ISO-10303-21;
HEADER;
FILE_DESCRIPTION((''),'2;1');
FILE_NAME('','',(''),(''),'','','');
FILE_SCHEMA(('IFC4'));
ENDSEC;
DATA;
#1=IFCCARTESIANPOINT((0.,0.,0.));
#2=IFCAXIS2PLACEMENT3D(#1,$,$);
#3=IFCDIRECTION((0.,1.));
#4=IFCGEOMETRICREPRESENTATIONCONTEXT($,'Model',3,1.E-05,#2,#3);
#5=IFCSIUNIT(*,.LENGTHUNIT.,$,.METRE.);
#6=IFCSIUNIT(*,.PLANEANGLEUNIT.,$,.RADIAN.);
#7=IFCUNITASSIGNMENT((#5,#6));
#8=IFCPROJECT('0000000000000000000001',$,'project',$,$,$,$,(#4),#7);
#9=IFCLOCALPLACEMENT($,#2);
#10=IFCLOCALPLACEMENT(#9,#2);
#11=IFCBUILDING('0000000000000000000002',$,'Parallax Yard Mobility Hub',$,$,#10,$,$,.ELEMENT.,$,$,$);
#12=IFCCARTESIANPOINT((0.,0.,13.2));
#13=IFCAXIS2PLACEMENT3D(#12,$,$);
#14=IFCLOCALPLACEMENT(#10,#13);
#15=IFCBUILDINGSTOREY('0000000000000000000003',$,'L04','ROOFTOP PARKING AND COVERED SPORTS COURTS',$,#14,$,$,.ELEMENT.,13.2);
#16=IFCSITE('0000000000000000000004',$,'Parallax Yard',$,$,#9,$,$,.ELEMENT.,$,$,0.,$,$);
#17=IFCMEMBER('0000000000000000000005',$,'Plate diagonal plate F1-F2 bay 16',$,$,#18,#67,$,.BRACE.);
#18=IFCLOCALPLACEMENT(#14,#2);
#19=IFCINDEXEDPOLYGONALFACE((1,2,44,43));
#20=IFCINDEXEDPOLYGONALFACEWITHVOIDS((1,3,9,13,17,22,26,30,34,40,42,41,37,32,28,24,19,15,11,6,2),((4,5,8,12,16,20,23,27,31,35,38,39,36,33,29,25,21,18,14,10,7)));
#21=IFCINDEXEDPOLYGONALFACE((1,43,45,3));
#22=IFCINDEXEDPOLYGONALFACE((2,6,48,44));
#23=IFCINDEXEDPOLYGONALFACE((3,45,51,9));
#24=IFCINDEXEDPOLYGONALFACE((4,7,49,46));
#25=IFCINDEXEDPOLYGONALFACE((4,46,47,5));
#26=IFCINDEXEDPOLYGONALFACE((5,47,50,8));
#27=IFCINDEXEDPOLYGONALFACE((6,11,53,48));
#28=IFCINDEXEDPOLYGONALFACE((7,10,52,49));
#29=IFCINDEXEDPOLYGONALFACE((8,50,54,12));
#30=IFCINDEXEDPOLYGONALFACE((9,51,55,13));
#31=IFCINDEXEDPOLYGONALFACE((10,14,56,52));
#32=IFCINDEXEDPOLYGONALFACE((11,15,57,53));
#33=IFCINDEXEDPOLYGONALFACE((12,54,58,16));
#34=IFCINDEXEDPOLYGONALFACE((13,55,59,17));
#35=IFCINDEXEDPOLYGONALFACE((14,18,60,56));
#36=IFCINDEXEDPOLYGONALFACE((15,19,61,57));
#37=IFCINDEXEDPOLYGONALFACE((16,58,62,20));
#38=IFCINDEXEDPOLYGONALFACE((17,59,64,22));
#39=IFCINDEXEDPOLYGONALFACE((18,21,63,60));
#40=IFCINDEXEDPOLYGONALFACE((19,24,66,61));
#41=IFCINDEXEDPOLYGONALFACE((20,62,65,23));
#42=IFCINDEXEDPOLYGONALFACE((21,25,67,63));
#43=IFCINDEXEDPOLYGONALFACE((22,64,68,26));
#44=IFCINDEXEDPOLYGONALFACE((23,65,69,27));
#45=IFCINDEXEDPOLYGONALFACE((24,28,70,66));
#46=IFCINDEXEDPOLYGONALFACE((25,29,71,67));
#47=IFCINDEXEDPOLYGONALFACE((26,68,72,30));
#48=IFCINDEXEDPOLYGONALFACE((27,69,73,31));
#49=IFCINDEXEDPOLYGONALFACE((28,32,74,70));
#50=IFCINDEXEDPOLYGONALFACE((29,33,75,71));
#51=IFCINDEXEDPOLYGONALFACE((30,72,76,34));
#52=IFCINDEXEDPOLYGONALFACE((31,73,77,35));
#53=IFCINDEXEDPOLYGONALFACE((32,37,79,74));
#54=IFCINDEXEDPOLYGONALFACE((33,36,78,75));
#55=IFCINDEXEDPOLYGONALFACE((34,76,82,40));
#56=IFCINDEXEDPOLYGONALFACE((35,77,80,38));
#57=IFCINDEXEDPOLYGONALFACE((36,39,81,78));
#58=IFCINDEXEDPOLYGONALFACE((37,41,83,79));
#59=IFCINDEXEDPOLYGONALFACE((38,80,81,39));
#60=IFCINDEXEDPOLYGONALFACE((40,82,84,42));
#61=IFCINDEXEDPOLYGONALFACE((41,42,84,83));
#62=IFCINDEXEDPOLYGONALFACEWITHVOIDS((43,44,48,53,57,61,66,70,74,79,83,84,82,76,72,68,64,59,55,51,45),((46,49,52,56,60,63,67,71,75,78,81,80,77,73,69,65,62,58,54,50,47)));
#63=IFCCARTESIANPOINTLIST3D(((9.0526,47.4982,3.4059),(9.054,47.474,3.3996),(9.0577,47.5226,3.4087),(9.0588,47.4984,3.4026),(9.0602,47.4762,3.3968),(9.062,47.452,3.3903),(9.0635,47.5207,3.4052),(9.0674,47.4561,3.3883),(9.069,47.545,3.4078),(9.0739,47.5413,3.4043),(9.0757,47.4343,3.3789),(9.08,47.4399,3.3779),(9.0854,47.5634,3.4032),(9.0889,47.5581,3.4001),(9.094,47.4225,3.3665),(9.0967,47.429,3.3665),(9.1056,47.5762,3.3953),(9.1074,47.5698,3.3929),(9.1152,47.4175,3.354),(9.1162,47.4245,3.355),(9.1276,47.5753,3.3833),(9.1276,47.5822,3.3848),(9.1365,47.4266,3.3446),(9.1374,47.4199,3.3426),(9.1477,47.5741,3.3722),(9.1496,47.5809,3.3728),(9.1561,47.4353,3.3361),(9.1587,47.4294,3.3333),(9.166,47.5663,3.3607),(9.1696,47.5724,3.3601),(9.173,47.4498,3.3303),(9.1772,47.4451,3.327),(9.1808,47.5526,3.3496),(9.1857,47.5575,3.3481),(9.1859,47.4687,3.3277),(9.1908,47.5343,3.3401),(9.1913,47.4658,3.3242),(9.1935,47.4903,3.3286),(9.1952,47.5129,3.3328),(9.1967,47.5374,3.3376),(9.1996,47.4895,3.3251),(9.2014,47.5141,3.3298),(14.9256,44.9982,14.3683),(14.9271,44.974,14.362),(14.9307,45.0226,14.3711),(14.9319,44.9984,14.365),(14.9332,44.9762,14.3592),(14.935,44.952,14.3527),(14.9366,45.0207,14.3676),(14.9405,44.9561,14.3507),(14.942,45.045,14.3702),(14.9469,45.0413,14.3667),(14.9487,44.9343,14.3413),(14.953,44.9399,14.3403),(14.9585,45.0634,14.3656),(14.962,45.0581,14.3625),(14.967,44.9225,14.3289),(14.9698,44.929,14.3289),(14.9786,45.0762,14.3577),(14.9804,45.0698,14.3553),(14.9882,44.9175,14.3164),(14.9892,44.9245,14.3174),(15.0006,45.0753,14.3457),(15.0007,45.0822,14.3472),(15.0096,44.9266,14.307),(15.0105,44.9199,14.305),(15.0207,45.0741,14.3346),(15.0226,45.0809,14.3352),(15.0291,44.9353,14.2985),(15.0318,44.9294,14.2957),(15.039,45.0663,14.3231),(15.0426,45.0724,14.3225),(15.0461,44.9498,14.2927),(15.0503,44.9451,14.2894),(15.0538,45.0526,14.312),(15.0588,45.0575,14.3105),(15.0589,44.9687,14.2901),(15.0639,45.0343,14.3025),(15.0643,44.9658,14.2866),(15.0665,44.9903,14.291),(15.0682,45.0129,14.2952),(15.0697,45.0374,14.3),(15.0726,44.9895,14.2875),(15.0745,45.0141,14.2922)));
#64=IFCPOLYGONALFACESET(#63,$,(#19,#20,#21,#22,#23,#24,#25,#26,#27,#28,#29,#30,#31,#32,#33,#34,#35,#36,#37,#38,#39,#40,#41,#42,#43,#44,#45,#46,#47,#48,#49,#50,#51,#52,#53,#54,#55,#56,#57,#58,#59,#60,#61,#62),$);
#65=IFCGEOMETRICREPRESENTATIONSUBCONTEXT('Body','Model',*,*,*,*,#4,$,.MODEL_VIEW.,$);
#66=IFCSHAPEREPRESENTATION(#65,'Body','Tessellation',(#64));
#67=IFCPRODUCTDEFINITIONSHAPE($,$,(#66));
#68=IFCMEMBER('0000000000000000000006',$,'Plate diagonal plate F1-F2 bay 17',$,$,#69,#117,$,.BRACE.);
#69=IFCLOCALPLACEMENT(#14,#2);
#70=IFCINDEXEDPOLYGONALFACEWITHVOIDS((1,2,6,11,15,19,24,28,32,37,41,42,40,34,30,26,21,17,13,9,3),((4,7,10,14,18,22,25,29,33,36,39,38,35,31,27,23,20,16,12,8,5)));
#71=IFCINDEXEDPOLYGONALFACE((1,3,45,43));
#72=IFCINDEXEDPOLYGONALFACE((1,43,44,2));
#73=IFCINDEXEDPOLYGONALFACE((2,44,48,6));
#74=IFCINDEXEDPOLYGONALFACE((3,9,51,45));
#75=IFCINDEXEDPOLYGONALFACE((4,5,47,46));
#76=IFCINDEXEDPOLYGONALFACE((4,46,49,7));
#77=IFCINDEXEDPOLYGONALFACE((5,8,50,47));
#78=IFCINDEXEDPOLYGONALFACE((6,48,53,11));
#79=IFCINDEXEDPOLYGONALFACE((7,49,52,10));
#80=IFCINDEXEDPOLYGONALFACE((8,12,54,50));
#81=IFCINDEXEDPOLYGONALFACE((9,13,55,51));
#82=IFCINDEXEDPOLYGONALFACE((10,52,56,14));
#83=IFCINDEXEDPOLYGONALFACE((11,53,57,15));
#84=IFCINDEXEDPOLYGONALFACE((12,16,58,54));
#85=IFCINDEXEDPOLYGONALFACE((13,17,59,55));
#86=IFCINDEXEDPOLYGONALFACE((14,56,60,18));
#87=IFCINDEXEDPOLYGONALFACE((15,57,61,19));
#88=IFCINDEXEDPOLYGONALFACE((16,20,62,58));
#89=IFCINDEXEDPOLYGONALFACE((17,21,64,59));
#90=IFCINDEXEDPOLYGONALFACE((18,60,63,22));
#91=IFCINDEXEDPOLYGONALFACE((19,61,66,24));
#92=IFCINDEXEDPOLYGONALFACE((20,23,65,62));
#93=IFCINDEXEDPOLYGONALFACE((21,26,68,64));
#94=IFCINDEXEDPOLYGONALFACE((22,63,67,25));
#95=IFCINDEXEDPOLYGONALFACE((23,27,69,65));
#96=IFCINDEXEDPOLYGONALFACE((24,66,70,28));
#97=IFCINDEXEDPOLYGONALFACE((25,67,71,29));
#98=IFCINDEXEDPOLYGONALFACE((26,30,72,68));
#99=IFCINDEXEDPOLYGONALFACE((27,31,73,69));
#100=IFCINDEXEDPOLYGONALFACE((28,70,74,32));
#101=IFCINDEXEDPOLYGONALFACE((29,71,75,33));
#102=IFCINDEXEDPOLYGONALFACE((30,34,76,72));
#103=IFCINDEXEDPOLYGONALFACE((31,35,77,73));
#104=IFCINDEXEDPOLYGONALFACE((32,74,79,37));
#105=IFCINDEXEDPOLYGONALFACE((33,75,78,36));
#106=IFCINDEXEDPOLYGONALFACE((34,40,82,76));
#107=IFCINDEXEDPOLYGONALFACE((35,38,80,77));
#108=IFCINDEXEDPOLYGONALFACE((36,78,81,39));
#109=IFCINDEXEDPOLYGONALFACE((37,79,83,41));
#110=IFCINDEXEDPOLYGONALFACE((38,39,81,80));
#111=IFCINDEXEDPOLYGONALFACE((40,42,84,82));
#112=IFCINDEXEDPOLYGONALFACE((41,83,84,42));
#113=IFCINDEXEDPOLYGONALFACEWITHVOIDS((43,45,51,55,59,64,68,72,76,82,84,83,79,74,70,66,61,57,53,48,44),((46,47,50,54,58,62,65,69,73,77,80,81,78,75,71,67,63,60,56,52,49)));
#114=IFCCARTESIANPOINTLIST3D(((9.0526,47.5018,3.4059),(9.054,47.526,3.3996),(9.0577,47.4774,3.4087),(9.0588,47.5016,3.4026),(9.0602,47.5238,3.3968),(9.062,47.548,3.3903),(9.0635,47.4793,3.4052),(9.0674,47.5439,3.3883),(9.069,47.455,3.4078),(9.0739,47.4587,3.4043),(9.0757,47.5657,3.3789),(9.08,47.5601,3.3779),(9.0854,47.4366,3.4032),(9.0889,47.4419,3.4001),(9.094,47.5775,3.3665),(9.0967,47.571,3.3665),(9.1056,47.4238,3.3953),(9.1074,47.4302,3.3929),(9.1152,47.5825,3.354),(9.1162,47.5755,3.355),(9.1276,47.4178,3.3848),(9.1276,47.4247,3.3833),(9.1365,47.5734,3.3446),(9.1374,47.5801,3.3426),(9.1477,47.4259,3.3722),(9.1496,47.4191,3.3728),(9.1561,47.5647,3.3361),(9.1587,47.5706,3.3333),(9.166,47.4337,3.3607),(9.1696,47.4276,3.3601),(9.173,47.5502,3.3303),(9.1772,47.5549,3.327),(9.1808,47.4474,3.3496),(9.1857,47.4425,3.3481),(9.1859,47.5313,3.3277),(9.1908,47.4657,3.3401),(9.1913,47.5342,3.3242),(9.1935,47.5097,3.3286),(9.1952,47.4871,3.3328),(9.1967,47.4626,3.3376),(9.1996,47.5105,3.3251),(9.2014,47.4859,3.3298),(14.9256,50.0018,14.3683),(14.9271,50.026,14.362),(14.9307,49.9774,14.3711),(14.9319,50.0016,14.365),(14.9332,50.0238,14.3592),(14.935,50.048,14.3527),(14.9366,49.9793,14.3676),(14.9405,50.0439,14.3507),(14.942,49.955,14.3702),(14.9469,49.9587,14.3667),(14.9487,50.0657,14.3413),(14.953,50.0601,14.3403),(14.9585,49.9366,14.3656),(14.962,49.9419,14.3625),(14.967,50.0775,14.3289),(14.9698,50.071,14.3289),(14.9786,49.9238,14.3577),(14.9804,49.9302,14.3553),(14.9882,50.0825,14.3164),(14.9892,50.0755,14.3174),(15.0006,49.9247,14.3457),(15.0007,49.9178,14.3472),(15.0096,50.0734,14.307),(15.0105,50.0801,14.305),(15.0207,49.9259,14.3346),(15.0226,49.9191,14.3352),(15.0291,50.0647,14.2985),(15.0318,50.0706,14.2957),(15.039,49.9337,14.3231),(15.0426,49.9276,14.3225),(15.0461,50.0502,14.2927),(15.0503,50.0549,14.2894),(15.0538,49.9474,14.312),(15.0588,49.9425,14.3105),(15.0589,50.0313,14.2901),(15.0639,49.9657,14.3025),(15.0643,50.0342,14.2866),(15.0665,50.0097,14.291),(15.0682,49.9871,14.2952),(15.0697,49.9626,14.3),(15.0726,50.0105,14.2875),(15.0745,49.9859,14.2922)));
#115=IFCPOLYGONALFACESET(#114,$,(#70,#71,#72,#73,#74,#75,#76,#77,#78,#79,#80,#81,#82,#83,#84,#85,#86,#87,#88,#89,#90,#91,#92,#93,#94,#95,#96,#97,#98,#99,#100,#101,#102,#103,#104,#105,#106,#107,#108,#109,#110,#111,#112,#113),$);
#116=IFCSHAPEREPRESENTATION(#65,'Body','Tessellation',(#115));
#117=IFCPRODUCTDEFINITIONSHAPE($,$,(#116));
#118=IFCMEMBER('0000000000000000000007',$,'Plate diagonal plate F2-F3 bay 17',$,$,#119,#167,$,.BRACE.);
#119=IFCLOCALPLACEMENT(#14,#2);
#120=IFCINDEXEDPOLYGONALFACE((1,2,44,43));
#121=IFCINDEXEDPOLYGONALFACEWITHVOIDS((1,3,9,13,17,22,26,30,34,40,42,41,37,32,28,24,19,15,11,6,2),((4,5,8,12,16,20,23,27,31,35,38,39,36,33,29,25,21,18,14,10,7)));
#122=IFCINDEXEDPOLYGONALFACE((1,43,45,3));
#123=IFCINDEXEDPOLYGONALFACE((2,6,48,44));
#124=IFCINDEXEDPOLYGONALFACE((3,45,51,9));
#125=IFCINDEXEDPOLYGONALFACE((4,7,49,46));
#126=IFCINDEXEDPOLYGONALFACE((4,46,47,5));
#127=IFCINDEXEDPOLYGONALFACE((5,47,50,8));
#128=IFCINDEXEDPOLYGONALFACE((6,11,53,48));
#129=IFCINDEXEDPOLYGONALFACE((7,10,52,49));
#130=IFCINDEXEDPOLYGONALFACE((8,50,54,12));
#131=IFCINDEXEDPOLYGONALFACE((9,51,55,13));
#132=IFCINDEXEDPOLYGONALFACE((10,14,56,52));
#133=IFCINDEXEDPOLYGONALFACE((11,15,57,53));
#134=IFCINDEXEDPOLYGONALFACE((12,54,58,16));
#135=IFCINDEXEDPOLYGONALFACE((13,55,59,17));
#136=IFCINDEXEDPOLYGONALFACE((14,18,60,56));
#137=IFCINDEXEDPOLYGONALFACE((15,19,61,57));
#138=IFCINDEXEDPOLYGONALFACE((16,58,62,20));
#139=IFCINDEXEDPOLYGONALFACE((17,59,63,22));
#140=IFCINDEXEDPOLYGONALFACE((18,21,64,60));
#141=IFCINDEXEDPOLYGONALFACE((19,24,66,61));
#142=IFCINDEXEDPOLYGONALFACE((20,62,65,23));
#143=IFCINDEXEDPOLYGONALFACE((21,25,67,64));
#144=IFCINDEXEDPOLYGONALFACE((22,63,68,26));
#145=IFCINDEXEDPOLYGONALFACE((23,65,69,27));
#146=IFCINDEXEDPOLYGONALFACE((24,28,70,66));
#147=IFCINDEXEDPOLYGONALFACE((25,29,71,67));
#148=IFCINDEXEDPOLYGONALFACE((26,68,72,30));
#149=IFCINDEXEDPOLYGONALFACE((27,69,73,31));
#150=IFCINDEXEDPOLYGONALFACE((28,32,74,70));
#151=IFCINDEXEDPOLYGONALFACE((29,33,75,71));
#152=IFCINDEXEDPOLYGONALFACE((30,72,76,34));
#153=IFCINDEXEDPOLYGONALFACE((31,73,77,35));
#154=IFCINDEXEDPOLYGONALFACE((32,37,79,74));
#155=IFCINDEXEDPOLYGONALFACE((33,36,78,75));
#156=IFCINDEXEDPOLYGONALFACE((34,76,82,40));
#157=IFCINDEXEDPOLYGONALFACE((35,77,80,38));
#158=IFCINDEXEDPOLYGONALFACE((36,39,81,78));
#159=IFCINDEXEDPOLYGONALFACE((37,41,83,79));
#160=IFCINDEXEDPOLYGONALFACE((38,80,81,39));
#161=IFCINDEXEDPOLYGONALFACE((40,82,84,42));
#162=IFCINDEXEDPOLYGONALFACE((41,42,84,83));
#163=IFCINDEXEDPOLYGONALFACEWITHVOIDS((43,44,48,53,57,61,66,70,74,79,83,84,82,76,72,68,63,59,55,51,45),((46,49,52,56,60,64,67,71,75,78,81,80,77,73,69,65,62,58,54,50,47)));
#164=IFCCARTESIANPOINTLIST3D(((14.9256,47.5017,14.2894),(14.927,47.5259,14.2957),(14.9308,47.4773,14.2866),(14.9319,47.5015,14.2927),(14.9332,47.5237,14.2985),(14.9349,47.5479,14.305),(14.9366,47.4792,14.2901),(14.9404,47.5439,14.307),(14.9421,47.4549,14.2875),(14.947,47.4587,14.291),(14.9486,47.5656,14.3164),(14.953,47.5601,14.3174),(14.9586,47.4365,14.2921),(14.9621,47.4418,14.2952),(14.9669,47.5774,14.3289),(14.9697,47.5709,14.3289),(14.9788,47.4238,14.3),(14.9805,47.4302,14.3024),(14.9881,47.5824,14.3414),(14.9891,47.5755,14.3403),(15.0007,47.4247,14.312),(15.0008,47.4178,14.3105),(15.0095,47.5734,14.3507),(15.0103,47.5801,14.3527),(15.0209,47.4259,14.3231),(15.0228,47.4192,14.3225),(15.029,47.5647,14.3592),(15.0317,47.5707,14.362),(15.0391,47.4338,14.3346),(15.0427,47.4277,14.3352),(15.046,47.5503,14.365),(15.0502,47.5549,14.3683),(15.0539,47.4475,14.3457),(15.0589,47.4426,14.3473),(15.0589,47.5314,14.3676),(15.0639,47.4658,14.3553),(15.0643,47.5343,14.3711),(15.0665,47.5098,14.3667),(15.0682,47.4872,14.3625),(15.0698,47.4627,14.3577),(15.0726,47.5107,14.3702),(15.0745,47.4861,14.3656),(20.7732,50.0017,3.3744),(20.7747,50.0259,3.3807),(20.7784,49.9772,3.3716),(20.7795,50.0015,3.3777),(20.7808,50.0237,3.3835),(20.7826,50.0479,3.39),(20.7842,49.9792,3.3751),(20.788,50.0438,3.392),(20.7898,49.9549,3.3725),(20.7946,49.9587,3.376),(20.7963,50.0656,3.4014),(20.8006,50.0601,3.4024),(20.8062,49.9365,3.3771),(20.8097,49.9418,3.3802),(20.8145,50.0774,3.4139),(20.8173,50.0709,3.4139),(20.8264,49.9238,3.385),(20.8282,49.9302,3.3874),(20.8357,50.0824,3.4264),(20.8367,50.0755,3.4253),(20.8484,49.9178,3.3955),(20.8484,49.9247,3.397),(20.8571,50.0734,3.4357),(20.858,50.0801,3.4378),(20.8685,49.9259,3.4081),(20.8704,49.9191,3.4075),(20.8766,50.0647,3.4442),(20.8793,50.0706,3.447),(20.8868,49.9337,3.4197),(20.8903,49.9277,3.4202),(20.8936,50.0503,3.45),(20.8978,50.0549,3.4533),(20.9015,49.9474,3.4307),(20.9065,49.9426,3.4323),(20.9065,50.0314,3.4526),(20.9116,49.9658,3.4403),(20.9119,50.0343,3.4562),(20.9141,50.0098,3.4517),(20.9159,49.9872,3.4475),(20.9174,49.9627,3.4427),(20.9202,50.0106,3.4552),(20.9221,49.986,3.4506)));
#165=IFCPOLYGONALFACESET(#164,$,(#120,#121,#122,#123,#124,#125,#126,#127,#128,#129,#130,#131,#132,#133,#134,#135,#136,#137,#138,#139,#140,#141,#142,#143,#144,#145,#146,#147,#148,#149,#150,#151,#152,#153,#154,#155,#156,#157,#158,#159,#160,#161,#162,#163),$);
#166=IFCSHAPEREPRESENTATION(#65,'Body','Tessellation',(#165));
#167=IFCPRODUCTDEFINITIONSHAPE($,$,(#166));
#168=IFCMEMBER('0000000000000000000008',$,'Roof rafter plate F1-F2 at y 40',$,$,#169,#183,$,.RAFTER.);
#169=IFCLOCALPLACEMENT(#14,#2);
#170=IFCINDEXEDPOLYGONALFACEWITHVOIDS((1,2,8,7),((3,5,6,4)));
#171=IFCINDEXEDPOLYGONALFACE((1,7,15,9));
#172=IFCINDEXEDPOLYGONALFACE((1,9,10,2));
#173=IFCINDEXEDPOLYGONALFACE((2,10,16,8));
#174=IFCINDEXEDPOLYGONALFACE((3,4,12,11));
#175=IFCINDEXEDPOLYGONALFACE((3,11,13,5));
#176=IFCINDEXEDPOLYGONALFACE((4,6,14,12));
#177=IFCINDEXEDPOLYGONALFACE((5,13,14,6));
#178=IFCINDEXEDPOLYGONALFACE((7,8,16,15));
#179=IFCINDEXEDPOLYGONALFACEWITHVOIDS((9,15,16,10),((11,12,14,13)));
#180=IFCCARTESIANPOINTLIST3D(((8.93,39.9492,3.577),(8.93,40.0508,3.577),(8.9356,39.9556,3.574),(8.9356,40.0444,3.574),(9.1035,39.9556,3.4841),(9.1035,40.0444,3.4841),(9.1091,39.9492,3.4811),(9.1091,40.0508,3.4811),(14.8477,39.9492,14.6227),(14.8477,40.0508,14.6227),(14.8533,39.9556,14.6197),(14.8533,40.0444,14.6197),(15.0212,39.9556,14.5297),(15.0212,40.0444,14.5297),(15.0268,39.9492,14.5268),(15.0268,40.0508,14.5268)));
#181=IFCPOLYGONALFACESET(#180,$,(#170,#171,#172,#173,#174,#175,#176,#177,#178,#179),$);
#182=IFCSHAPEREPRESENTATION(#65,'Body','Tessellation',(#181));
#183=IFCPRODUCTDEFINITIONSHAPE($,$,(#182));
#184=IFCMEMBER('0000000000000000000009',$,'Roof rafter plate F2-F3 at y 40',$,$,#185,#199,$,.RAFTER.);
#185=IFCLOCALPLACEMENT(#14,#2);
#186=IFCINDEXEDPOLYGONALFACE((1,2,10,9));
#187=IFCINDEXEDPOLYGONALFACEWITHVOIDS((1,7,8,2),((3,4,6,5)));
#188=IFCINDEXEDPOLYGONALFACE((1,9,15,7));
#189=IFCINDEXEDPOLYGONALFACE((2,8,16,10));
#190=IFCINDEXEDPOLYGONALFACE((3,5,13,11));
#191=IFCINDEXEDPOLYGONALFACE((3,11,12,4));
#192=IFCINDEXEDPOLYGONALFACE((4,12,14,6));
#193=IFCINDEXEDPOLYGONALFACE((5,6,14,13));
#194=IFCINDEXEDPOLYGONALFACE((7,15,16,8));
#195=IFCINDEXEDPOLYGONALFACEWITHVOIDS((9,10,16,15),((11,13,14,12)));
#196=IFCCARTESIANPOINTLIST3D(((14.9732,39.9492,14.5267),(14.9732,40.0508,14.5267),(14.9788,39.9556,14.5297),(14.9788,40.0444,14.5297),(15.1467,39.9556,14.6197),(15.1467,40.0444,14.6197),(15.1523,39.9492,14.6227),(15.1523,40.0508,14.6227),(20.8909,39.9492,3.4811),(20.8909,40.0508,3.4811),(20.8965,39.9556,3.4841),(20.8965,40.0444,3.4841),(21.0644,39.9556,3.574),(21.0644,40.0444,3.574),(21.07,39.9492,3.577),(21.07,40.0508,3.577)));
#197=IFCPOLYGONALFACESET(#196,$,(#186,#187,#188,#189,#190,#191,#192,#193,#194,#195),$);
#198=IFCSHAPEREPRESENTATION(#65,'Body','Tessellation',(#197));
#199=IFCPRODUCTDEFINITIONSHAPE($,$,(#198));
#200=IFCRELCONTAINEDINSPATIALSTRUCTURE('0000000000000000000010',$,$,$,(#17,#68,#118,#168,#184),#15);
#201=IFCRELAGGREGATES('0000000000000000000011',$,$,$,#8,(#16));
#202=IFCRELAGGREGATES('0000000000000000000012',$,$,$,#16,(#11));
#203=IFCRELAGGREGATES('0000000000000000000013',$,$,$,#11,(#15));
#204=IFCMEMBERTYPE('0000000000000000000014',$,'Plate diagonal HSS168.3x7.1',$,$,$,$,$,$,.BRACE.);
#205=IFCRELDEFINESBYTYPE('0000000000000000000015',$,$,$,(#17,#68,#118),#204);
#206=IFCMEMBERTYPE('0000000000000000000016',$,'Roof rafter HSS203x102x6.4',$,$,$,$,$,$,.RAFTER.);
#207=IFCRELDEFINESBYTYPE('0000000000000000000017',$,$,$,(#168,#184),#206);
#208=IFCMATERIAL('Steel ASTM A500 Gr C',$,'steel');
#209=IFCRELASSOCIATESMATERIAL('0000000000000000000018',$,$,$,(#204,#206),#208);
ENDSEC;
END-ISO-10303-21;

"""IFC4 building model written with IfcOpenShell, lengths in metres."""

from ifc_helpers import new_model, si_unit, direction, frame, origin, origin_2d, place, context, subcontext, project, spatial, hollow_rectangle, hollow_circle, extrude, material, material_profile, profile_set, type_object, element, save


model = new_model("IFC4")

# Units and contexts
model_context = context("Model", 3, precision=1e-05, world=origin(), true_north=direction((0.0, 1.0)))
body_context = subcontext(model_context, "Body", "Model", "MODEL_VIEW")
ifc_project = project(units=[si_unit("LENGTHUNIT", "METRE"), si_unit("PLANEANGLEUNIT", "RADIAN")], contexts=[model_context])

# Site, building, storey
site_placement = place(None, origin())
site = spatial("IfcSite", under=ifc_project, at=site_placement, Name="Parallax Yard", CompositionType="ELEMENT", RefElevation=0.0)
building_placement = place(site_placement, origin())
building = spatial("IfcBuilding", under=site, at=building_placement, Name="Parallax Yard Mobility Hub", CompositionType="ELEMENT")
storey_placement = place(building_placement, frame((0.0, 0.0, 13.2)))
storey = spatial("IfcBuildingStorey", under=building, at=storey_placement, Name="L04", Description="ROOFTOP PARKING AND COVERED SPORTS COURTS", CompositionType="ELEMENT", Elevation=13.2)

# Members
ifc_material_1 = material(Name="Steel ASTM A500 Gr C", Category="steel")
ifc_material_profile_1 = material_profile(ifc_material_1, hollow_circle(Radius=0.0842, WallThickness=0.0071, at=origin_2d()), Name="HSS168.3x7.1")
ifc_profile_set_1 = profile_set([ifc_material_profile_1], Name="Steel ASTM A500 Gr C")
member_type_1 = type_object("IfcMemberType", Name="Plate diagonal HSS168.3x7.1", PredefinedType="BRACE", material=ifc_profile_set_1)
for number, where, z_axis, x_axis, name in (
    (1, (15.0, 45.0, 14.3289), (-0.46298, 0.197078, -0.864181), (-0.391665, -0.920108, 0.0), "Plate diagonal plate F1-F2 bay 16"),
    (2, (9.127, 47.5, 3.3665), (0.46298, 0.197078, 0.864181), (-0.391665, 0.920108, 0.0), "Plate diagonal plate F1-F2 bay 17"),
):
    element("IfcMember", number, at=place(storey_placement, frame(where, z_axis=z_axis, x_axis=x_axis)), inside=storey, type_object=member_type_1, Name=name, PredefinedType="BRACE", context=body_context, shape_type="SweptSolid", body=[
        extrude(hollow_circle(Radius=0.0842, WallThickness=0.0071, at=origin_2d()), origin(), (0.0, 0.0, 1.0), 12.6853),
    ])
member_1_placement = place(storey_placement, frame((15.0, 47.5, 14.3289), z_axis=(0.462901, 0.1979, -0.864036), x_axis=(-0.393104, 0.919494, 0.0)))
element("IfcMember", 3, at=member_1_placement, inside=storey, type_object=member_type_1, Name="Plate diagonal plate F2-F3 bay 17", PredefinedType="BRACE", context=body_context, shape_type="SweptSolid", body=[
    extrude(hollow_circle(Radius=0.0842, WallThickness=0.0071, at=origin_2d()), origin(), (0.0, 0.0, 1.0), 12.6326),
])
ifc_material_profile_2 = material_profile(ifc_material_1, hollow_rectangle(XDim=0.1016, YDim=0.2031, WallThickness=0.0063, at=origin_2d()), Name="HSS203x102x6.4")
ifc_profile_set_2 = profile_set([ifc_material_profile_2], Name="Steel ASTM A500 Gr C")
member_type_2 = type_object("IfcMemberType", Name="Roof rafter HSS203x102x6.4", PredefinedType="RAFTER", material=ifc_profile_set_2)
for number, where, z_axis, x_axis, name in (
    (4, (9.0195, 40.0, 3.5291), (0.472247, 0.0, 0.881466), (0.0, 1.0, 0.0), "Roof rafter plate F1-F2 at y 40"),
    (5, (15.0627, 40.0, 14.5747), (0.472247, 0.0, -0.881466), (0.0, 1.0, 0.0), "Roof rafter plate F2-F3 at y 40"),
):
    element("IfcMember", number, at=place(storey_placement, frame(where, z_axis=z_axis, x_axis=x_axis)), inside=storey, type_object=member_type_2, Name=name, PredefinedType="RAFTER", context=body_context, shape_type="SweptSolid", body=[
        extrude(hollow_rectangle(XDim=0.1016, YDim=0.2031, WallThickness=0.0063, at=origin_2d()), origin(), (0.0, 0.0, 1.0), 12.531),
    ])

save(model, "model.ifc")
